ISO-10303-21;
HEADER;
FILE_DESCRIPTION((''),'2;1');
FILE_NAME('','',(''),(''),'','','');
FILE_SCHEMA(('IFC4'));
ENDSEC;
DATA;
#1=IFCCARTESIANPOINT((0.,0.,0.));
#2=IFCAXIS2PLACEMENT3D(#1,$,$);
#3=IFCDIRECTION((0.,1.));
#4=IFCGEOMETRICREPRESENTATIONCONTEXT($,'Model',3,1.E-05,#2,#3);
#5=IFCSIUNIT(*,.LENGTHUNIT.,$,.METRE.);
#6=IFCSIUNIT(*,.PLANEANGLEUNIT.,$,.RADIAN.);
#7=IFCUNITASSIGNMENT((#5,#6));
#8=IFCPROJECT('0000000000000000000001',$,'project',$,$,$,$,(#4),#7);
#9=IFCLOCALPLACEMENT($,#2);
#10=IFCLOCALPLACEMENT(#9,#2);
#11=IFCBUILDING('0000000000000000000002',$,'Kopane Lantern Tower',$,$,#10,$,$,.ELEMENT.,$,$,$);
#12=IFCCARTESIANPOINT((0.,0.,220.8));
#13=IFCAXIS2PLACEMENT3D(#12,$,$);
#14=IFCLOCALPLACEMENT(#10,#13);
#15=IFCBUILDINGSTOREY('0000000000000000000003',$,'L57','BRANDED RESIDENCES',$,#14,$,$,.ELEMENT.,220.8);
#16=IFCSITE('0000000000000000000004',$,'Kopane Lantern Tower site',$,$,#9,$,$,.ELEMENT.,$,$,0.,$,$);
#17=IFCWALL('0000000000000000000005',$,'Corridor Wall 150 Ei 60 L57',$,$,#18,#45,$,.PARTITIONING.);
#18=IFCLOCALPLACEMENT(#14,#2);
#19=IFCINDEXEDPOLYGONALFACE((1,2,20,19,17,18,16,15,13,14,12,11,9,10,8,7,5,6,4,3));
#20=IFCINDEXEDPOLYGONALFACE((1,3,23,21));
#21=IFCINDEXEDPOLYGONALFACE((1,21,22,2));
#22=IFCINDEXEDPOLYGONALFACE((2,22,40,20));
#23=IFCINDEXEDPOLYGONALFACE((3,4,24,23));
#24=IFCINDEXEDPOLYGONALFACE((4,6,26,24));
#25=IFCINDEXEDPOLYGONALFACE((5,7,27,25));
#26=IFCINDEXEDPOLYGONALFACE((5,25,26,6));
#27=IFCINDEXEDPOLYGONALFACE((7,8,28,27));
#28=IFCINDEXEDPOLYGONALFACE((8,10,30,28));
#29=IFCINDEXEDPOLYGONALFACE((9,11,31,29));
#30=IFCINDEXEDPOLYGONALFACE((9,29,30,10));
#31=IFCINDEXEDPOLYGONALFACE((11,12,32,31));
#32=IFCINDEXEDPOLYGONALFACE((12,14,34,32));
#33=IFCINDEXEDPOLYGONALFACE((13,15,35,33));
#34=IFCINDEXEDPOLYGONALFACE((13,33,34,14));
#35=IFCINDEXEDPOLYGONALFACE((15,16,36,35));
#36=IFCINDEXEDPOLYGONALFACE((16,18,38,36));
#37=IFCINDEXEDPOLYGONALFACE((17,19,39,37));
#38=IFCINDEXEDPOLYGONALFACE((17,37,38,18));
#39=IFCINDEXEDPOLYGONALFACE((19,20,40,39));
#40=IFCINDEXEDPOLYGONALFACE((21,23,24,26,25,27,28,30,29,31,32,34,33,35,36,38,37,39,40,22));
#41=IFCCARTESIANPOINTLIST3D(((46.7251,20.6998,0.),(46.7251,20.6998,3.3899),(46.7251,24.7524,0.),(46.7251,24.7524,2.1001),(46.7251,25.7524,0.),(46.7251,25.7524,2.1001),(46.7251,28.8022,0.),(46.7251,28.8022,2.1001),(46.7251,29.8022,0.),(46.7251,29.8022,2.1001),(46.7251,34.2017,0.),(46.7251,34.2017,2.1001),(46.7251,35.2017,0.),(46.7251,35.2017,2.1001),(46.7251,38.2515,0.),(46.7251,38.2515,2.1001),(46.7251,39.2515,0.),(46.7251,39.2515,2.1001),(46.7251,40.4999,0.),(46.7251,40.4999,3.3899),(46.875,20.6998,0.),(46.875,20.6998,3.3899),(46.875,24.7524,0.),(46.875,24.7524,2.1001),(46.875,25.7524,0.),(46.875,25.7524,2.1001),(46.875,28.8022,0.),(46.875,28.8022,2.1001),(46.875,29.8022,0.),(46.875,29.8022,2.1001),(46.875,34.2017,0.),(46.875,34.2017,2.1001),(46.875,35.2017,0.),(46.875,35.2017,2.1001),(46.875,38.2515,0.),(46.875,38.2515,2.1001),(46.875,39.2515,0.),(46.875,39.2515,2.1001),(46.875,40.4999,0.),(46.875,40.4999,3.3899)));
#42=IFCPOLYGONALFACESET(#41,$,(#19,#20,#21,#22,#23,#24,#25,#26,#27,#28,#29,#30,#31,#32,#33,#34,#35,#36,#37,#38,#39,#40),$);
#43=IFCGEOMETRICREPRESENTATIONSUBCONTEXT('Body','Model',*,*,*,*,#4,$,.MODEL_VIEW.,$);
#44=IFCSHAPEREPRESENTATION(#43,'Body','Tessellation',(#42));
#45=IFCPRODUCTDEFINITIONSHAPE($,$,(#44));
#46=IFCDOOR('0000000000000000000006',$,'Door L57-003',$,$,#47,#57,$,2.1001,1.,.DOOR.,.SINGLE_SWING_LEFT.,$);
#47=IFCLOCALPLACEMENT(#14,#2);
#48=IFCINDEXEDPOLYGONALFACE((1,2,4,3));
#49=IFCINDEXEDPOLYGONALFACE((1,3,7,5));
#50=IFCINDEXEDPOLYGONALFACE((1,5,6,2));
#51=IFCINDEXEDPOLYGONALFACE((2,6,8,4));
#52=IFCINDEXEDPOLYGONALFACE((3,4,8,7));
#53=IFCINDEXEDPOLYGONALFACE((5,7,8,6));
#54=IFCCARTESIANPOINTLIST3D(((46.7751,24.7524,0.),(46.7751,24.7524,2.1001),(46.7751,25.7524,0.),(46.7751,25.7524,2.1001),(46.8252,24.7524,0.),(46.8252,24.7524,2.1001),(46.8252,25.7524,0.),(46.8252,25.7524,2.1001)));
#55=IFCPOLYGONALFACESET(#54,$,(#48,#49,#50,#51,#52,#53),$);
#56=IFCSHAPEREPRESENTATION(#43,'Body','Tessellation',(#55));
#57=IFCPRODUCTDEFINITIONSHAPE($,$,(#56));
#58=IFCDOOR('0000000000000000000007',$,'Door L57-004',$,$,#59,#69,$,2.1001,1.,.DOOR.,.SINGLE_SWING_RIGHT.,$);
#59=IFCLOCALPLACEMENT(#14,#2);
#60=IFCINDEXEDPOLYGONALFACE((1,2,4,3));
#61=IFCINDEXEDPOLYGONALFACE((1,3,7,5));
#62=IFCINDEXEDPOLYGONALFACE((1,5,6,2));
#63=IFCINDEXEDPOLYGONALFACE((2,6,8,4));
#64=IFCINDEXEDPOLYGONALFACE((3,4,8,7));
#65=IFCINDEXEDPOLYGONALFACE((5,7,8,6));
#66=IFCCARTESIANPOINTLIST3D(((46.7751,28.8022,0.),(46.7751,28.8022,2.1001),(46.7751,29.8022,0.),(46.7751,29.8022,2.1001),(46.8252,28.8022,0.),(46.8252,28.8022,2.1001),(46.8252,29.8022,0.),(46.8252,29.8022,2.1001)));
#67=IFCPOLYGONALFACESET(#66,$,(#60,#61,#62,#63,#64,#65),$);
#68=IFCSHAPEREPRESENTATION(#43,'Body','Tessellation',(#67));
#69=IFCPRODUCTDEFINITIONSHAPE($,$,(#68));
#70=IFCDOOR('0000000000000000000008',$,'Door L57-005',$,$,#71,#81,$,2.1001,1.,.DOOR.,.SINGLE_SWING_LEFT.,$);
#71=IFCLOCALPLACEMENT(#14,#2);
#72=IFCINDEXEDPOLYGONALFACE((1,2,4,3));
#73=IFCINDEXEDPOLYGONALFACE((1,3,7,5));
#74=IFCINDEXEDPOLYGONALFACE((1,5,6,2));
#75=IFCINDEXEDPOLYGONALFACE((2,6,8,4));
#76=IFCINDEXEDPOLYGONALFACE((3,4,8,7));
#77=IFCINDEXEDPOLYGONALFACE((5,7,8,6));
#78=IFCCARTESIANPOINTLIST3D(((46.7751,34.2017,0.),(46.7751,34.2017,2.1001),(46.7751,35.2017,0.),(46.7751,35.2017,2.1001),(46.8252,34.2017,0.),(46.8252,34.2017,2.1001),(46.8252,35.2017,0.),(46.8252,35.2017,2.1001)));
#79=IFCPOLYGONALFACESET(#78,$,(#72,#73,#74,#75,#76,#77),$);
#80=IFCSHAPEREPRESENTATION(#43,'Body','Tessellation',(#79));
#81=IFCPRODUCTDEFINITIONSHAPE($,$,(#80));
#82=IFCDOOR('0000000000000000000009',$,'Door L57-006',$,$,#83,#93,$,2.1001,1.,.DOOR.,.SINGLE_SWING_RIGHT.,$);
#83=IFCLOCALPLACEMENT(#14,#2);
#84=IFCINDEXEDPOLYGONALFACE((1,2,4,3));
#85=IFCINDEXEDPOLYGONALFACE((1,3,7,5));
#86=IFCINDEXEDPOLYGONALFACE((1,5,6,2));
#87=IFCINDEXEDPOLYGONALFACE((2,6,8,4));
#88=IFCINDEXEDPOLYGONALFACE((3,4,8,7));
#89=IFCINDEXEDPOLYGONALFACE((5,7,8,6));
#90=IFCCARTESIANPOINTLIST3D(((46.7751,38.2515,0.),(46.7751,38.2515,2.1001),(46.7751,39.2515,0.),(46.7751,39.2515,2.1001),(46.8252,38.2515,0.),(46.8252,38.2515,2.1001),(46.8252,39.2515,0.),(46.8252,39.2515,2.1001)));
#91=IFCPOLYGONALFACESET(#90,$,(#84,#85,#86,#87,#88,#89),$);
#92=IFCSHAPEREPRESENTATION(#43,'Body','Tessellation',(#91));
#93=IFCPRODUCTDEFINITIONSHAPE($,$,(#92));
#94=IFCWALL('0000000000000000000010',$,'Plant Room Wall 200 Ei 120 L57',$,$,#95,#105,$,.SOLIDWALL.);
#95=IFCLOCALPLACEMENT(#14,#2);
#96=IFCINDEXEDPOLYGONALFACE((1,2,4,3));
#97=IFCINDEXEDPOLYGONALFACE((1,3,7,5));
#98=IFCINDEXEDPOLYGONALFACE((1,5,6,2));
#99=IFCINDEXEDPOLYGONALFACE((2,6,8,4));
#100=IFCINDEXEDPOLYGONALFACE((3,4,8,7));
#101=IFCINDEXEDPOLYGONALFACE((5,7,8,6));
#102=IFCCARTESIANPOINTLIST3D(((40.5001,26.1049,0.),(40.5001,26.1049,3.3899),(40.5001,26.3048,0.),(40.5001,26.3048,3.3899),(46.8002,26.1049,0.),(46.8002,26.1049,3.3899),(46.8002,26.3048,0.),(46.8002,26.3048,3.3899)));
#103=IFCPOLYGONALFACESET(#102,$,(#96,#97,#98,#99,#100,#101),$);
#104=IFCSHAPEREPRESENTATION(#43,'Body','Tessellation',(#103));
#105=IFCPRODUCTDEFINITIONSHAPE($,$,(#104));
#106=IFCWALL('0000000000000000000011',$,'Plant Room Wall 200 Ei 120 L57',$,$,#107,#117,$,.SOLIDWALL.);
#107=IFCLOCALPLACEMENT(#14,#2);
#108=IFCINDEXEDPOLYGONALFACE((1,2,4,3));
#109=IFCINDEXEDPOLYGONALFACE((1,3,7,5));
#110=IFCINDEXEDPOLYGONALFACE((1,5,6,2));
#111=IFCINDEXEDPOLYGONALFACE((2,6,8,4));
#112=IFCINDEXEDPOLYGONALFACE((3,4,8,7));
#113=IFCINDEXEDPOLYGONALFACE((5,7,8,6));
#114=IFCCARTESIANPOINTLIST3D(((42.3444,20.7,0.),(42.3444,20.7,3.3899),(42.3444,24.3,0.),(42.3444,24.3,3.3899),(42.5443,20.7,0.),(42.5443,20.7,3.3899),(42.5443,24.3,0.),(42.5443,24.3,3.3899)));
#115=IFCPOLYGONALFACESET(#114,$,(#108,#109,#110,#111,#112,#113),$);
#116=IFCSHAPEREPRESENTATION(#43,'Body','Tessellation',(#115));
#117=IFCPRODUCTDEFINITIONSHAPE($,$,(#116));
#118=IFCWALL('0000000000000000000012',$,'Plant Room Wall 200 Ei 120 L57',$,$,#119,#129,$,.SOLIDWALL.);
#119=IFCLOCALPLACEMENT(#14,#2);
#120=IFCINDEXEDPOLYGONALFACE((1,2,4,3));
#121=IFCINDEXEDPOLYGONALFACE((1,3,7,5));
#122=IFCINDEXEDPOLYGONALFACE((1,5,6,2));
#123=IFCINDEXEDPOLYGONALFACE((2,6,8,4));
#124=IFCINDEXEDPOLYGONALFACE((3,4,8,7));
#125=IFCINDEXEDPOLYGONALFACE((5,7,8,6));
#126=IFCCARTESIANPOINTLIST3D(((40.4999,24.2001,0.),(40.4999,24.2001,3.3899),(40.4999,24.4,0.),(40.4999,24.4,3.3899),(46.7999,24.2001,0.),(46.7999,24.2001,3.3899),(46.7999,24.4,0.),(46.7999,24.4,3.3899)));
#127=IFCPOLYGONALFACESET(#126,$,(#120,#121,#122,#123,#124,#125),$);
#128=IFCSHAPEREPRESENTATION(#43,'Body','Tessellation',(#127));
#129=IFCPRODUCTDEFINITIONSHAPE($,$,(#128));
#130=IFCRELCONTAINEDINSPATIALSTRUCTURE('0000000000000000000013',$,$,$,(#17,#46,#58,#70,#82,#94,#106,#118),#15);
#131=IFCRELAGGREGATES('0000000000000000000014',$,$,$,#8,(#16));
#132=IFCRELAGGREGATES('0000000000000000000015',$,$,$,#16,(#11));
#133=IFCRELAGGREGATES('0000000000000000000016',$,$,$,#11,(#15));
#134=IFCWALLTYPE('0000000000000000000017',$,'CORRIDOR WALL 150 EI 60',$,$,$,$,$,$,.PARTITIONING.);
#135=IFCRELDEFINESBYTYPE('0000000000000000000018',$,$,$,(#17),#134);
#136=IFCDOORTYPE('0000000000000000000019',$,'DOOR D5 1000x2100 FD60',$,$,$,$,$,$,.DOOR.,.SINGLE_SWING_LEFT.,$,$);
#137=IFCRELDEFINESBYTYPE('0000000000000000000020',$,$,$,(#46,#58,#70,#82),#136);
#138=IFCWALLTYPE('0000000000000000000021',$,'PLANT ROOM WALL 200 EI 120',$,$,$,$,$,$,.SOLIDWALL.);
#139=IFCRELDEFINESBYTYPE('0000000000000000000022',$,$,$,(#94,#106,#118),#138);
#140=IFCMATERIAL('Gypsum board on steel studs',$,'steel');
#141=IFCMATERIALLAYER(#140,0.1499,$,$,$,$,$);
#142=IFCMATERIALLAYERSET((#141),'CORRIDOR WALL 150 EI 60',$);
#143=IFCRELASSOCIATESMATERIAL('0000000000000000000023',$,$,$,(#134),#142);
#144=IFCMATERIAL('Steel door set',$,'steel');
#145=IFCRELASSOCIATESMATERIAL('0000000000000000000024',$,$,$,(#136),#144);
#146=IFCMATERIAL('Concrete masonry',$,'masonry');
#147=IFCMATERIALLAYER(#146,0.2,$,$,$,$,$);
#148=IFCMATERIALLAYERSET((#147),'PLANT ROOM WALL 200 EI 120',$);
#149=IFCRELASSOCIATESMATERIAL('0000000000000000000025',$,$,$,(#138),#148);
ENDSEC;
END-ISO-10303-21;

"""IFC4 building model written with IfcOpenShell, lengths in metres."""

from ifc_helpers import new_model, si_unit, direction, frame, frame_2d, origin, place, context, subcontext, project, spatial, rectangle, extrude, material, layer, layer_set, type_object, element, fill, save


model = new_model("IFC4")

# Units and contexts
model_context = context("Model", 3, precision=1e-05, world=origin(), true_north=direction((0.0, 1.0)))
body_context = subcontext(model_context, "Body", "Model", "MODEL_VIEW")
ifc_project = project(units=[si_unit("LENGTHUNIT", "METRE"), si_unit("PLANEANGLEUNIT", "RADIAN")], contexts=[model_context])

# Site, building, storey
site_placement = place(None, origin())
site = spatial("IfcSite", under=ifc_project, at=site_placement, Name="Kopane Lantern Tower site", CompositionType="ELEMENT", RefElevation=0.0)
building_placement = place(site_placement, origin())
building = spatial("IfcBuilding", under=site, at=building_placement, Name="Kopane Lantern Tower", CompositionType="ELEMENT")
storey_placement = place(building_placement, frame((0.0, 0.0, 220.8)))
storey = spatial("IfcBuildingStorey", under=building, at=storey_placement, Name="L57", Description="BRANDED RESIDENCES", CompositionType="ELEMENT", Elevation=220.8)

# Wall, openings, doors
ifc_material_1 = material(Name="Gypsum board on steel studs", Category="steel")
ifc_layer_1 = layer(ifc_material_1, 0.1499)
ifc_layer_set_1 = layer_set([ifc_layer_1], Name="CORRIDOR WALL 150 EI 60")
wall_type_1 = type_object("IfcWallType", Name="CORRIDOR WALL 150 EI 60", PredefinedType="PARTITIONING", material=ifc_layer_set_1)
wall_1_placement = place(storey_placement, frame((46.8, 20.7, 0.0), z_axis=(0.0, 0.0, 1.0), x_axis=(0.0, 1.0, 0.0)))
wall_1 = element("IfcWall", 1, at=wall_1_placement, inside=storey, type_object=wall_type_1, Name="Corridor Wall 150 Ei 60 L57", PredefinedType="PARTITIONING", context=body_context, shape_type="SweptSolid", body=[
    extrude(rectangle(XDim=19.8, YDim=0.1499, at=frame_2d((9.8999, 0.0))), origin(), (0.0, 0.0, 1.0), 3.3899),
])
opening_1_placement = place(wall_1_placement, frame((4.0525, 0.0, 0.0)))
opening_1 = element("IfcOpeningElement", 2, at=opening_1_placement, cuts=wall_1, PredefinedType="OPENING", context=body_context, shape_type="SweptSolid", body=[
    extrude(rectangle(XDim=1.0, YDim=2.1001, at=frame_2d((0.5, 1.05))), frame((0.0, 0.085, 0.0), z_axis=(0.0, -1.0, 0.0), x_axis=(1.0, 0.0, 0.0)), (0.0, 0.0, 1.0), 0.1699),
])
opening_2_placement = place(wall_1_placement, frame((8.1023, 0.0, 0.0)))
opening_2 = element("IfcOpeningElement", 3, at=opening_2_placement, cuts=wall_1, PredefinedType="OPENING", context=body_context, shape_type="SweptSolid", body=[
    extrude(rectangle(XDim=1.0, YDim=2.1001, at=frame_2d((0.5, 1.05))), frame((0.0, 0.085, 0.0), z_axis=(0.0, -1.0, 0.0), x_axis=(1.0, 0.0, 0.0)), (0.0, 0.0, 1.0), 0.1699),
])
opening_3_placement = place(wall_1_placement, frame((13.5017, 0.0, 0.0)))
opening_3 = element("IfcOpeningElement", 4, at=opening_3_placement, cuts=wall_1, PredefinedType="OPENING", context=body_context, shape_type="SweptSolid", body=[
    extrude(rectangle(XDim=1.0, YDim=2.1001, at=frame_2d((0.5, 1.05))), frame((0.0, 0.085, 0.0), z_axis=(0.0, -1.0, 0.0), x_axis=(1.0, 0.0, 0.0)), (0.0, 0.0, 1.0), 0.1699),
])
opening_4_placement = place(wall_1_placement, frame((17.5515, 0.0, 0.0)))
opening_4 = element("IfcOpeningElement", 5, at=opening_4_placement, cuts=wall_1, PredefinedType="OPENING", context=body_context, shape_type="SweptSolid", body=[
    extrude(rectangle(XDim=1.0, YDim=2.1001, at=frame_2d((0.5, 1.05))), frame((0.0, 0.085, 0.0), z_axis=(0.0, -1.0, 0.0), x_axis=(1.0, 0.0, 0.0)), (0.0, 0.0, 1.0), 0.1699),
])
ifc_material_2 = material(Name="Steel door set", Category="steel")
door_type = type_object("IfcDoorType", Name="DOOR D5 1000x2100 FD60", OperationType="SINGLE_SWING_LEFT", PredefinedType="DOOR", material=ifc_material_2)
door_1_placement = place(opening_1_placement, origin())
door_1 = element("IfcDoor", 6, at=door_1_placement, inside=storey, type_object=door_type, Name="Door L57-003", OperationType="SINGLE_SWING_LEFT", OverallHeight=2.1001, OverallWidth=1.0, PredefinedType="DOOR", context=body_context, shape_type="SweptSolid", body=[
    extrude(rectangle(XDim=1.0, YDim=2.1001, at=frame_2d((0.5, 1.05))), frame((0.0, 0.0249, 0.0), z_axis=(0.0, -1.0, 0.0), x_axis=(1.0, 0.0, 0.0)), (0.0, 0.0, 1.0), 0.05),
])
fill(opening_1, door_1)
door_2_placement = place(opening_2_placement, origin())
door_2 = element("IfcDoor", 7, at=door_2_placement, inside=storey, type_object=door_type, Name="Door L57-004", OperationType="SINGLE_SWING_RIGHT", OverallHeight=2.1001, OverallWidth=1.0, PredefinedType="DOOR", context=body_context, shape_type="SweptSolid", body=[
    extrude(rectangle(XDim=1.0, YDim=2.1001, at=frame_2d((0.5, 1.05))), frame((0.0, 0.0249, 0.0), z_axis=(0.0, -1.0, 0.0), x_axis=(1.0, 0.0, 0.0)), (0.0, 0.0, 1.0), 0.05),
])
fill(opening_2, door_2)
door_3_placement = place(opening_3_placement, origin())
door_3 = element("IfcDoor", 8, at=door_3_placement, inside=storey, type_object=door_type, Name="Door L57-005", OperationType="SINGLE_SWING_LEFT", OverallHeight=2.1001, OverallWidth=1.0, PredefinedType="DOOR", context=body_context, shape_type="SweptSolid", body=[
    extrude(rectangle(XDim=1.0, YDim=2.1001, at=frame_2d((0.5, 1.05))), frame((0.0, 0.0249, 0.0), z_axis=(0.0, -1.0, 0.0), x_axis=(1.0, 0.0, 0.0)), (0.0, 0.0, 1.0), 0.05),
])
fill(opening_3, door_3)
door_4_placement = place(opening_4_placement, origin())
door_4 = element("IfcDoor", 9, at=door_4_placement, inside=storey, type_object=door_type, Name="Door L57-006", OperationType="SINGLE_SWING_RIGHT", OverallHeight=2.1001, OverallWidth=1.0, PredefinedType="DOOR", context=body_context, shape_type="SweptSolid", body=[
    extrude(rectangle(XDim=1.0, YDim=2.1001, at=frame_2d((0.5, 1.05))), frame((0.0, 0.0249, 0.0), z_axis=(0.0, -1.0, 0.0), x_axis=(1.0, 0.0, 0.0)), (0.0, 0.0, 1.0), 0.05),
])
fill(opening_4, door_4)

# Walls
ifc_material_3 = material(Name="Concrete masonry", Category="masonry")
ifc_layer_2 = layer(ifc_material_3, 0.2)
ifc_layer_set_2 = layer_set([ifc_layer_2], Name="PLANT ROOM WALL 200 EI 120")
wall_type_2 = type_object("IfcWallType", Name="PLANT ROOM WALL 200 EI 120", PredefinedType="SOLIDWALL", material=ifc_layer_set_2)
wall_2_placement = place(storey_placement, frame((46.8, 26.2048, 0.0), z_axis=(0.0, 0.0, 1.0), x_axis=(-1.0, 0.0, 0.0)))
element("IfcWall", 10, at=wall_2_placement, inside=storey, type_object=wall_type_2, Name="Plant Room Wall 200 Ei 120 L57", PredefinedType="SOLIDWALL", context=body_context, shape_type="SweptSolid", body=[
    extrude(rectangle(XDim=6.3, YDim=0.2, at=frame_2d((3.1499, 0.0))), origin(), (0.0, 0.0, 1.0), 3.3899),
])
wall_3_placement = place(storey_placement, frame((42.4443, 20.7, 0.0), z_axis=(0.0, 0.0, 1.0), x_axis=(0.0, 1.0, 0.0)))
element("IfcWall", 11, at=wall_3_placement, inside=storey, type_object=wall_type_2, Name="Plant Room Wall 200 Ei 120 L57", PredefinedType="SOLIDWALL", context=body_context, shape_type="SweptSolid", body=[
    extrude(rectangle(XDim=3.6001, YDim=0.2, at=frame_2d((1.8, 0.0))), origin(), (0.0, 0.0, 1.0), 3.3899),
])
wall_4_placement = place(storey_placement, frame((40.5, 24.3, 0.0), z_axis=(0.0, 0.0, 1.0), x_axis=(1.0, 0.0, 0.0)))
element("IfcWall", 12, at=wall_4_placement, inside=storey, type_object=wall_type_2, Name="Plant Room Wall 200 Ei 120 L57", PredefinedType="SOLIDWALL", context=body_context, shape_type="SweptSolid", body=[
    extrude(rectangle(XDim=6.3, YDim=0.2, at=frame_2d((3.1499, 0.0))), origin(), (0.0, 0.0, 1.0), 3.3899),
])

save(model, "model.ifc")
